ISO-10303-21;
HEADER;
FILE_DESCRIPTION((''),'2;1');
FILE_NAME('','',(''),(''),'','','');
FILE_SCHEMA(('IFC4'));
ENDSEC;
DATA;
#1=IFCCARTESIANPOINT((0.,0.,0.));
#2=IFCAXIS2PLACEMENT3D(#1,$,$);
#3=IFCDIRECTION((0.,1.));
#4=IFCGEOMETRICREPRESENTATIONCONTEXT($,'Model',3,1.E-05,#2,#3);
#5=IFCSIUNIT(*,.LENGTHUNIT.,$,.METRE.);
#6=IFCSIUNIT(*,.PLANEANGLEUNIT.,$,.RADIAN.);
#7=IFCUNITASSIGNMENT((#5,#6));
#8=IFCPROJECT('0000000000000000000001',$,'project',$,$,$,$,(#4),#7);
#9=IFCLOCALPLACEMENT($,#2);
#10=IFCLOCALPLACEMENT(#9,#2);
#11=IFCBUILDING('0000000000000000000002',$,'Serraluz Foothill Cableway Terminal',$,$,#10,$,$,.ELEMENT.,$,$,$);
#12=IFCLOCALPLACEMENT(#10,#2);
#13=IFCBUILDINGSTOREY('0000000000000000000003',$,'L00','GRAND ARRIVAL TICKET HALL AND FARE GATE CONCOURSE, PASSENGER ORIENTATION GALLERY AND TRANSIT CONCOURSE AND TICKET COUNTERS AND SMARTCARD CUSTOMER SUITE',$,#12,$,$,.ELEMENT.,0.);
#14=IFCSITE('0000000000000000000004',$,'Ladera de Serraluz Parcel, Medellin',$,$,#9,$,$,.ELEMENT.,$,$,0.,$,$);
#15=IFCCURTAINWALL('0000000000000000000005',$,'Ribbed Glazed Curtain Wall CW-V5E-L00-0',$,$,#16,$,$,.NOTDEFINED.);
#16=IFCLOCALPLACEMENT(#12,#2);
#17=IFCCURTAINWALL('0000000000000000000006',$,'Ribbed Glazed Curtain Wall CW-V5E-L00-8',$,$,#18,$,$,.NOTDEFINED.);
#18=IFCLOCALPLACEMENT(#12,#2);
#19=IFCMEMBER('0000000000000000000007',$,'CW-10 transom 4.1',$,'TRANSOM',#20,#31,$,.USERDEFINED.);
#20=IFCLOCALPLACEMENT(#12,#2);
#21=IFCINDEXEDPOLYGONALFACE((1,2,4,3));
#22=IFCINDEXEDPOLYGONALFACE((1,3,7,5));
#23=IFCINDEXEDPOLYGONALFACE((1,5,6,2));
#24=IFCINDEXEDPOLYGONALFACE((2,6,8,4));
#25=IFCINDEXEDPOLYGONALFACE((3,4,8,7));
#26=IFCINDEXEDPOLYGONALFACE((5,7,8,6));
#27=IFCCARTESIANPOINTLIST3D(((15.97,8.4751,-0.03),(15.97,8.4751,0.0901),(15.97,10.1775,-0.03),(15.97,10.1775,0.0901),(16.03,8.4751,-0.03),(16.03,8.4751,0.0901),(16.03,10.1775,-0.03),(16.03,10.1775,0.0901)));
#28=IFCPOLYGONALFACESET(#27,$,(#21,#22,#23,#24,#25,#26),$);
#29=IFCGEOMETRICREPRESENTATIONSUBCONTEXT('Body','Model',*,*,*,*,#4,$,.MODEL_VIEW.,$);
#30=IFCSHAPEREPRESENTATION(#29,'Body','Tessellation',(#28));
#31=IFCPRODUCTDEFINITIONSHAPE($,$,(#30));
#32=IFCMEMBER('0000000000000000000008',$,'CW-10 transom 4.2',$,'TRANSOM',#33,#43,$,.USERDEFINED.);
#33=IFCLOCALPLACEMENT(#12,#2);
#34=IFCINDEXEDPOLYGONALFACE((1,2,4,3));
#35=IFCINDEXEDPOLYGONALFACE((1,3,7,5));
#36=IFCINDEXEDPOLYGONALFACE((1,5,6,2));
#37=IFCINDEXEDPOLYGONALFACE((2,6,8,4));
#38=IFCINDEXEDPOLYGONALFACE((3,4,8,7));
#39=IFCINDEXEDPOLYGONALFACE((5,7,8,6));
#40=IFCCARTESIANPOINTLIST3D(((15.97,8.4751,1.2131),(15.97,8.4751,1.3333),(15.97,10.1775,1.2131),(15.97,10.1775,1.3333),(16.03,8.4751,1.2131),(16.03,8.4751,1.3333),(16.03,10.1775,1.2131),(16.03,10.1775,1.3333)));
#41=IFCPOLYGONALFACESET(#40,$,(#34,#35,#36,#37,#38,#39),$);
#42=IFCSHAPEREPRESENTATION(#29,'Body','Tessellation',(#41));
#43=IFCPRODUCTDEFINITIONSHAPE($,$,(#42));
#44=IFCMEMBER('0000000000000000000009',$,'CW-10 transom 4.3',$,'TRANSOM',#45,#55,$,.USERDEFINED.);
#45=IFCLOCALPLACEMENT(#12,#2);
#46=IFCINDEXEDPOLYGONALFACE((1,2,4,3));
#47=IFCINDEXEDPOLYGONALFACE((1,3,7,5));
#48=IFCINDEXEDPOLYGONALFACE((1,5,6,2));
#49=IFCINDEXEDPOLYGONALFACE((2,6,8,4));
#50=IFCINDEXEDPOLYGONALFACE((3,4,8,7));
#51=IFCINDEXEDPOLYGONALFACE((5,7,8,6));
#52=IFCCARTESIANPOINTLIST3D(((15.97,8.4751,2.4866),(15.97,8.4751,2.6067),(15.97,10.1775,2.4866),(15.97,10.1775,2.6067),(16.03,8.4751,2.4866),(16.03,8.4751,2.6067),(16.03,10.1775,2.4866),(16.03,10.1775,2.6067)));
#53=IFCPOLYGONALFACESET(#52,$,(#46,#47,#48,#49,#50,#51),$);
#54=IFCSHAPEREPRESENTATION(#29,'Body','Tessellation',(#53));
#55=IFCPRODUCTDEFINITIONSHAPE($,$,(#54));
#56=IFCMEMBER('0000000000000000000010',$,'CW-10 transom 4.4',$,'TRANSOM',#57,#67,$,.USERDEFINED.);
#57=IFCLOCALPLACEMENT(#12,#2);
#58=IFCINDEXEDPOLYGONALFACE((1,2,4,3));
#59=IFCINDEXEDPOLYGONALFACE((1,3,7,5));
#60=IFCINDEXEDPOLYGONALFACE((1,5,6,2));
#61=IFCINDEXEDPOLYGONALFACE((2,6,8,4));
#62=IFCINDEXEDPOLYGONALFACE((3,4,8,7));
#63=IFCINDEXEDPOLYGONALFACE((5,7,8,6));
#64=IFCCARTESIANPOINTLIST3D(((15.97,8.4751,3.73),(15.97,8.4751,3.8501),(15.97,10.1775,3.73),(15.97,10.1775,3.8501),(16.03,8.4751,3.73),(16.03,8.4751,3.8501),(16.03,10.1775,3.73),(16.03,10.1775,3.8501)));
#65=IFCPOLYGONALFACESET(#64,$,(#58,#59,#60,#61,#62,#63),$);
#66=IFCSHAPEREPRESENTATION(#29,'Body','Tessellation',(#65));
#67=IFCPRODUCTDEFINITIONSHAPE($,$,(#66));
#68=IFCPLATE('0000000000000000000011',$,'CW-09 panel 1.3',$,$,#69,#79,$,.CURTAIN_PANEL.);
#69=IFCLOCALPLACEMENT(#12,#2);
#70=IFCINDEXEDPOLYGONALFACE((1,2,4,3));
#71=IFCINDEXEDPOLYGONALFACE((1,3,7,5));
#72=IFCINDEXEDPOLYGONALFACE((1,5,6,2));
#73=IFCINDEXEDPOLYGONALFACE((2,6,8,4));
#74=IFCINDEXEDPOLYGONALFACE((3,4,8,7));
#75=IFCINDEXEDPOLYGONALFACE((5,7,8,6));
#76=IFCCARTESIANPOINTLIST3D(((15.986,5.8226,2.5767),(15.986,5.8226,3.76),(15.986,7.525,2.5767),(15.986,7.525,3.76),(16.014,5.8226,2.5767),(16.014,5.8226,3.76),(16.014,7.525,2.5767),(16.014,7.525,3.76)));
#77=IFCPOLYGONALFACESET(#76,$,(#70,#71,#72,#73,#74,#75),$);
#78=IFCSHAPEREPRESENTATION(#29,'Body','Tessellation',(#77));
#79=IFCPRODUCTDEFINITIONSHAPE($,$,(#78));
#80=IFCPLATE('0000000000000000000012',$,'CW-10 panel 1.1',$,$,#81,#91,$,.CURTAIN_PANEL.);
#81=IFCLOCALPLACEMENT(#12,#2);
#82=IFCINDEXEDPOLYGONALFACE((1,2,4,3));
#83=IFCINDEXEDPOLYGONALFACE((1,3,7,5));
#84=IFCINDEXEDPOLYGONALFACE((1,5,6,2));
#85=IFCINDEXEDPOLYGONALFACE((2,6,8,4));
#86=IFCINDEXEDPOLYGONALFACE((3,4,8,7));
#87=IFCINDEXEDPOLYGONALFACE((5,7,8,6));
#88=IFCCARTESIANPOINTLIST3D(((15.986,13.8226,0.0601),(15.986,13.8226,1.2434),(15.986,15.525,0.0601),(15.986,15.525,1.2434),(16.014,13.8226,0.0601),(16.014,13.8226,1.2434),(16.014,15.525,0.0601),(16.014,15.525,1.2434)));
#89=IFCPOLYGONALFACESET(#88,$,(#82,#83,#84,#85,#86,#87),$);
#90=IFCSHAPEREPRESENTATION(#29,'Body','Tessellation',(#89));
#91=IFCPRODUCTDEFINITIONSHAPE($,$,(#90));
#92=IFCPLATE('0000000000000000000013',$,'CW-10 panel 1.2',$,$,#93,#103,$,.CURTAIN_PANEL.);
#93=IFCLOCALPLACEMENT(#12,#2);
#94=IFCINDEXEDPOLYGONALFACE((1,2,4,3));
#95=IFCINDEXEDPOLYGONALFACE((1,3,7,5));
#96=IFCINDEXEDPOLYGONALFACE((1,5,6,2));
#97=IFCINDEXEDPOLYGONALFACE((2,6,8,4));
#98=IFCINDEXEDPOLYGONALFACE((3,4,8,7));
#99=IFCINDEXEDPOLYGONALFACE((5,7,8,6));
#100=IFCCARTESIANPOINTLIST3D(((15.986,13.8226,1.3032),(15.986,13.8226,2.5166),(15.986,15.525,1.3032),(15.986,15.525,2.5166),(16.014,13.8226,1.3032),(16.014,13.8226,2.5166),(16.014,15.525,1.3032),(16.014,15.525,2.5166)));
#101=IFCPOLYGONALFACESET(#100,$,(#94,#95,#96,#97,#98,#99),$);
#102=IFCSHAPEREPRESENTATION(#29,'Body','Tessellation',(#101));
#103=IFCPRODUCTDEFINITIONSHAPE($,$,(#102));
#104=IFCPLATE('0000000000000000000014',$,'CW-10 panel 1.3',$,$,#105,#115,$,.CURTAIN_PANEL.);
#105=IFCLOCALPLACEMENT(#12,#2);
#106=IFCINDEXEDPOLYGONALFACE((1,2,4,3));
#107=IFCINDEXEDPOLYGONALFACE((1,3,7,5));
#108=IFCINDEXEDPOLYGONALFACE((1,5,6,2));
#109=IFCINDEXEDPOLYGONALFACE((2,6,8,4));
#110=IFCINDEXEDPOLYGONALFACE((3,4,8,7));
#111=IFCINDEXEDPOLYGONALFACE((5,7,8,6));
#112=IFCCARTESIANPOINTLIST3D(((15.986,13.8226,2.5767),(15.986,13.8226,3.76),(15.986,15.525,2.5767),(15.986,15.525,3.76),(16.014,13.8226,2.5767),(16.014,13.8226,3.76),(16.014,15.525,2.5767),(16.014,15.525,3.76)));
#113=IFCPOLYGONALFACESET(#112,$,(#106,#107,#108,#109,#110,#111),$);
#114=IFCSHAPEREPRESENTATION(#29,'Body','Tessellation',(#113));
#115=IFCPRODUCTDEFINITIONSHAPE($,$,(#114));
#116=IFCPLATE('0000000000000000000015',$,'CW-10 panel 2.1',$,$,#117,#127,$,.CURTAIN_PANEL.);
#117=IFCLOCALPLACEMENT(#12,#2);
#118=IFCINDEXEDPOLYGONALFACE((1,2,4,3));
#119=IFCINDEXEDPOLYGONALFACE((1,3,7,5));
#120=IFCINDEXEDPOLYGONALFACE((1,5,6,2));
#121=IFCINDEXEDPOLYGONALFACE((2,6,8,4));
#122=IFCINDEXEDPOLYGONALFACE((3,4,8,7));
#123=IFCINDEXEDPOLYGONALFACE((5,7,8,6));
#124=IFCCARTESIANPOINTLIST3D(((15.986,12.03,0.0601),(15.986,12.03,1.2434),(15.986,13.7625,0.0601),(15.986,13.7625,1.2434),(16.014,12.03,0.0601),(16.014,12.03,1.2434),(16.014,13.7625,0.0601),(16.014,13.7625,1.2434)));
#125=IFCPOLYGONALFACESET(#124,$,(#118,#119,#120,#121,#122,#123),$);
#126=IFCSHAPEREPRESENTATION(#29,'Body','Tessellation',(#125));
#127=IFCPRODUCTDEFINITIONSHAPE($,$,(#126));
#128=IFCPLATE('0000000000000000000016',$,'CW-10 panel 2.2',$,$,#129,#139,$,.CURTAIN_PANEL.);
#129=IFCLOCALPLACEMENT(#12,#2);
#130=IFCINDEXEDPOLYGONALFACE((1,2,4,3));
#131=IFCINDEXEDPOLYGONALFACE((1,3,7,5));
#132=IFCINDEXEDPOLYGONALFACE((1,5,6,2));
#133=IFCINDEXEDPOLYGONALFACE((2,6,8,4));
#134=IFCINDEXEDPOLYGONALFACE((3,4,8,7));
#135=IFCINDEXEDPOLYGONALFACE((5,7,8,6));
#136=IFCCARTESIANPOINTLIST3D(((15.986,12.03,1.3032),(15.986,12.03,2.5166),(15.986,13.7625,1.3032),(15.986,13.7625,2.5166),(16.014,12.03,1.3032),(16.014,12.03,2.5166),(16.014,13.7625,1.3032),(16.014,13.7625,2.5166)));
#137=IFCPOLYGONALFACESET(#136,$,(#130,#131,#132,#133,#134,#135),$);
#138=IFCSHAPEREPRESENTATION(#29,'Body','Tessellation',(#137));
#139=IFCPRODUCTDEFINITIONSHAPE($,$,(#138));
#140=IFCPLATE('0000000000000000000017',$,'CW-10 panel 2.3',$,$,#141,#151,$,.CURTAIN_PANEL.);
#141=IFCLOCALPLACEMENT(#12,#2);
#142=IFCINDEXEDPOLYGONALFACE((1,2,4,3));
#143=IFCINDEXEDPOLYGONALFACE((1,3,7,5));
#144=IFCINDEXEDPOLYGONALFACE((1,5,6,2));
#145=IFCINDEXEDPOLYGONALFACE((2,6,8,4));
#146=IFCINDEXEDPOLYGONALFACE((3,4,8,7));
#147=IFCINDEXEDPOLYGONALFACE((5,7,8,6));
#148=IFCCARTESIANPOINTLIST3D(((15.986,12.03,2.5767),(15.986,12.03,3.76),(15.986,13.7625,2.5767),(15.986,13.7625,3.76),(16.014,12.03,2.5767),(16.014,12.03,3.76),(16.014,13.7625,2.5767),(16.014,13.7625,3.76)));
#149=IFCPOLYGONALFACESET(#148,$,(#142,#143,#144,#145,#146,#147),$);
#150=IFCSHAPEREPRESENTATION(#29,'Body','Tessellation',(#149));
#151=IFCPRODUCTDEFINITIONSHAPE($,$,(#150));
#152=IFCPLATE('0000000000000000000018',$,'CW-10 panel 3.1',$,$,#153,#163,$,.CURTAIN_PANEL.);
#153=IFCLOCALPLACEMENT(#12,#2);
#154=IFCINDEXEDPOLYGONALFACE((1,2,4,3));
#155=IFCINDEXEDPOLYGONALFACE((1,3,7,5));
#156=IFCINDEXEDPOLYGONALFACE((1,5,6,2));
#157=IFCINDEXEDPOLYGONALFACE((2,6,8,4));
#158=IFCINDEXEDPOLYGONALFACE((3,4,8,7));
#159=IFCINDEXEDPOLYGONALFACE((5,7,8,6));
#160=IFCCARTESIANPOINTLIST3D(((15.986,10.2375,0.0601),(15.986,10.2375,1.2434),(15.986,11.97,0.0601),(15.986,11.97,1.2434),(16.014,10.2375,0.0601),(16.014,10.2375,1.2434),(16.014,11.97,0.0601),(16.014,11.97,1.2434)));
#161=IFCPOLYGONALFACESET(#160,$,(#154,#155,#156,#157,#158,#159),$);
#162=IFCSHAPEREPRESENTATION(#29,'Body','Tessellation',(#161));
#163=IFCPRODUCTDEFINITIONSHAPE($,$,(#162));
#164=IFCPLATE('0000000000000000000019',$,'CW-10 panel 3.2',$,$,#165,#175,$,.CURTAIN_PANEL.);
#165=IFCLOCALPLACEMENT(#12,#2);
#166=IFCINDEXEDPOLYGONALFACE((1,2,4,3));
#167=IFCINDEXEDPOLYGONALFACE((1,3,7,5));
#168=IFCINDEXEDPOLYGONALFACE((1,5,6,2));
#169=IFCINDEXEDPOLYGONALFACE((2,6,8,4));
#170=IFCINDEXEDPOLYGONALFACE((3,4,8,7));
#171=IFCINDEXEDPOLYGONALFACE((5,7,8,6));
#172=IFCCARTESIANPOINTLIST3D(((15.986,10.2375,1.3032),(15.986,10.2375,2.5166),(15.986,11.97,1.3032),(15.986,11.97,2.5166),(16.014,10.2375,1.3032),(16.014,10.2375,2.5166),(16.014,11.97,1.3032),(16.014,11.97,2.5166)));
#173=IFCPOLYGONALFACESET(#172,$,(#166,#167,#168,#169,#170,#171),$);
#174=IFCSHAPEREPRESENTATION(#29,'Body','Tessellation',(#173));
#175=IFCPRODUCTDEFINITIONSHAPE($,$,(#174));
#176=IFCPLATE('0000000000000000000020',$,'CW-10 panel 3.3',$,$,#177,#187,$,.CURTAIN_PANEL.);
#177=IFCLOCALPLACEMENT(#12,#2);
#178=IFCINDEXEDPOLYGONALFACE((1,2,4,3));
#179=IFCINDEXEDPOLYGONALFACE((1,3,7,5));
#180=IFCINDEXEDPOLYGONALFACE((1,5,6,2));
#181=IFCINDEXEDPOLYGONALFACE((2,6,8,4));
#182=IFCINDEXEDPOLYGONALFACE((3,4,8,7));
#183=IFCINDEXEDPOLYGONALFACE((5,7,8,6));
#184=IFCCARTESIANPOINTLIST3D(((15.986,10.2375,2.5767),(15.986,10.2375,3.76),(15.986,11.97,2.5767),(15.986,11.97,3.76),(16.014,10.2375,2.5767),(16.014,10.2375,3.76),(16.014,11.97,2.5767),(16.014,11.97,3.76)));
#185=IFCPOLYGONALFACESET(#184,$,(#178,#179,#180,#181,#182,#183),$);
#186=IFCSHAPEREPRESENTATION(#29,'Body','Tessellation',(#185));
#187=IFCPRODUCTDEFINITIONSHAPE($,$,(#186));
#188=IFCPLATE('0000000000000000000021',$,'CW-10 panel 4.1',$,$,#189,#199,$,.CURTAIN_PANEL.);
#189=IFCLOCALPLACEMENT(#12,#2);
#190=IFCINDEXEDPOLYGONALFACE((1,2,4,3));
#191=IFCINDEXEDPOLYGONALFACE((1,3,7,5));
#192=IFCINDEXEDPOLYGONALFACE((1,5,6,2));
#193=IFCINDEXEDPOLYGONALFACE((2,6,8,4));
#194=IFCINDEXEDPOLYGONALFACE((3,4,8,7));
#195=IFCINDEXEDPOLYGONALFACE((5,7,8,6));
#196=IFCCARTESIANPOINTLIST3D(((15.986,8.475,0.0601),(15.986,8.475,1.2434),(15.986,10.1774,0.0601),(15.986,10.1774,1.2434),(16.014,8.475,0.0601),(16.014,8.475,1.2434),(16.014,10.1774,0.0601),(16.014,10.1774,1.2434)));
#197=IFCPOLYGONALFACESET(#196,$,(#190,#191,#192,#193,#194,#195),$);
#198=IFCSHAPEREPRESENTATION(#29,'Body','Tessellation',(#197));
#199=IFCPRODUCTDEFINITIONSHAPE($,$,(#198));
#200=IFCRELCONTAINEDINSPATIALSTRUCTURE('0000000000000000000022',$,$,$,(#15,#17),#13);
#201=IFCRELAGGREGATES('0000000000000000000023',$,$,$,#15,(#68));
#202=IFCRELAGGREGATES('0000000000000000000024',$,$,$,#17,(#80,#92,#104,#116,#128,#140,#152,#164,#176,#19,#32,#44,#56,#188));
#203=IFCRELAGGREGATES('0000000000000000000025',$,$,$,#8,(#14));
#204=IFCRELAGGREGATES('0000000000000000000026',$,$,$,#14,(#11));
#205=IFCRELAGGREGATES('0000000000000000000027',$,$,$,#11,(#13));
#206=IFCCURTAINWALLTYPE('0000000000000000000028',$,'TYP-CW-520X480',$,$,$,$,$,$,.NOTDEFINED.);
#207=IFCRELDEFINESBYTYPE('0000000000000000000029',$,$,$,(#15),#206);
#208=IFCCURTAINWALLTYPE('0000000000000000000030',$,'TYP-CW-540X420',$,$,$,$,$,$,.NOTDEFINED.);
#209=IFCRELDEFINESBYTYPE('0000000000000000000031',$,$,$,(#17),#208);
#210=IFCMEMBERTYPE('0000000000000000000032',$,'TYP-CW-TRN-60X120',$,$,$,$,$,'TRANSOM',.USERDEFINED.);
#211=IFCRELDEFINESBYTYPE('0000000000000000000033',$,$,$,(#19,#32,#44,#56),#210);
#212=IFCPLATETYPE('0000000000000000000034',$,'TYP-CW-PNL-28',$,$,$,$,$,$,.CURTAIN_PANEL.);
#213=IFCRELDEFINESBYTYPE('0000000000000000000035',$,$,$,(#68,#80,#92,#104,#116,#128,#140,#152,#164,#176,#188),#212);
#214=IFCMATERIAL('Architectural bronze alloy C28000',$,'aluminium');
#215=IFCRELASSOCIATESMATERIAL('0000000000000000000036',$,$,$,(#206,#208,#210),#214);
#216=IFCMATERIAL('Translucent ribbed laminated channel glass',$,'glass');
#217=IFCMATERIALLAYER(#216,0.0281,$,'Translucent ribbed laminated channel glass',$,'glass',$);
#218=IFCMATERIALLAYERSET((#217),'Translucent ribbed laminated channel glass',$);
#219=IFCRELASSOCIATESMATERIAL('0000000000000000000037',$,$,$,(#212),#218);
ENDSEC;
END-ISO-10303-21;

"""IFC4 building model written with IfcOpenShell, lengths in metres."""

from ifc_helpers import new_model, si_unit, direction, frame, origin, origin_2d, place, context, subcontext, project, spatial, rectangle, extrude, material, layer, layer_set, material_profile, profile_set, type_object, element, aggregate, save


model = new_model("IFC4")

# Units and contexts
model_context = context("Model", 3, precision=1e-05, world=origin(), true_north=direction((0.0, 1.0)))
body_context = subcontext(model_context, "Body", "Model", "MODEL_VIEW")
ifc_project = project(units=[si_unit("LENGTHUNIT", "METRE"), si_unit("PLANEANGLEUNIT", "RADIAN")], contexts=[model_context])

# Site, building, storey
site_placement = place(None, origin())
site = spatial("IfcSite", under=ifc_project, at=site_placement, Name="Ladera de Serraluz Parcel, Medellin", CompositionType="ELEMENT", RefElevation=0.0)
building_placement = place(site_placement, origin())
building = spatial("IfcBuilding", under=site, at=building_placement, Name="Serraluz Foothill Cableway Terminal", CompositionType="ELEMENT")
storey_placement = place(building_placement, origin())
storey = spatial("IfcBuildingStorey", under=building, at=storey_placement, Name="L00", Description="GRAND ARRIVAL TICKET HALL AND FARE GATE CONCOURSE, PASSENGER ORIENTATION GALLERY AND TRANSIT CONCOURSE AND TICKET COUNTERS AND SMARTCARD CUSTOMER SUITE", CompositionType="ELEMENT", Elevation=0.0)

# Curtain wall
ifc_material_1 = material(Name="Architectural bronze alloy C28000", Category="aluminium")
curtain_wall_type_1 = type_object("IfcCurtainWallType", Name="TYP-CW-520X480", PredefinedType="NOTDEFINED", material=ifc_material_1)
curtain_wall_1_placement = place(storey_placement, origin())
curtain_wall_1 = element("IfcCurtainWall", 1, at=curtain_wall_1_placement, inside=storey, type_object=curtain_wall_type_1, Name="Ribbed Glazed Curtain Wall CW-V5E-L00-0", PredefinedType="NOTDEFINED")

# Curtain wall
curtain_wall_type_2 = type_object("IfcCurtainWallType", Name="TYP-CW-540X420", PredefinedType="NOTDEFINED", material=ifc_material_1)
curtain_wall_2_placement = place(storey_placement, origin())
curtain_wall_2 = element("IfcCurtainWall", 2, at=curtain_wall_2_placement, inside=storey, type_object=curtain_wall_type_2, Name="Ribbed Glazed Curtain Wall CW-V5E-L00-8", PredefinedType="NOTDEFINED")

# Members
ifc_material_profile_1 = material_profile(ifc_material_1, rectangle(XDim=0.0601, YDim=0.1201, at=origin_2d()), Name="ALU TRANSOM 60x120")
ifc_profile_set_1 = profile_set([ifc_material_profile_1], Name="Architectural bronze alloy C28000")
member_type_1 = type_object("IfcMemberType", Name="TYP-CW-TRN-60X120", ElementType="TRANSOM", PredefinedType="USERDEFINED", material=ifc_profile_set_1)
member_1_placement = place(storey_placement, frame((16.0, 10.1775, 0.03), z_axis=(0.0, -1.0, 0.0), x_axis=(1.0, 0.0, 0.0)))
member_1 = element("IfcMember", 3, at=member_1_placement, type_object=member_type_1, Name="CW-10 transom 4.1", ObjectType="TRANSOM", PredefinedType="USERDEFINED", context=body_context, shape_type="SweptSolid", body=[
    extrude(rectangle(XDim=0.0601, YDim=0.1201, at=origin_2d()), origin(), (0.0, 0.0, 1.0), 1.7024),
])
member_2_placement = place(storey_placement, frame((16.0, 10.1775, 1.2732), z_axis=(0.0, -1.0, 0.0), x_axis=(1.0, 0.0, 0.0)))
member_2 = element("IfcMember", 4, at=member_2_placement, type_object=member_type_1, Name="CW-10 transom 4.2", ObjectType="TRANSOM", PredefinedType="USERDEFINED", context=body_context, shape_type="SweptSolid", body=[
    extrude(rectangle(XDim=0.0601, YDim=0.1201, at=origin_2d()), origin(), (0.0, 0.0, 1.0), 1.7024),
])
member_3_placement = place(storey_placement, frame((16.0, 10.1775, 2.5466), z_axis=(0.0, -1.0, 0.0), x_axis=(1.0, 0.0, 0.0)))
member_3 = element("IfcMember", 5, at=member_3_placement, type_object=member_type_1, Name="CW-10 transom 4.3", ObjectType="TRANSOM", PredefinedType="USERDEFINED", context=body_context, shape_type="SweptSolid", body=[
    extrude(rectangle(XDim=0.0601, YDim=0.1201, at=origin_2d()), origin(), (0.0, 0.0, 1.0), 1.7024),
])
member_4_placement = place(storey_placement, frame((16.0, 10.1775, 3.79), z_axis=(0.0, -1.0, 0.0), x_axis=(1.0, 0.0, 0.0)))
member_4 = element("IfcMember", 6, at=member_4_placement, type_object=member_type_1, Name="CW-10 transom 4.4", ObjectType="TRANSOM", PredefinedType="USERDEFINED", context=body_context, shape_type="SweptSolid", body=[
    extrude(rectangle(XDim=0.0601, YDim=0.1201, at=origin_2d()), origin(), (0.0, 0.0, 1.0), 1.7024),
])

# Plates
ifc_material_2 = material(Name="Translucent ribbed laminated channel glass", Category="glass")
ifc_layer = layer(ifc_material_2, 0.0281, Name="Translucent ribbed laminated channel glass", Category="glass")
ifc_layer_set = layer_set([ifc_layer], Name="Translucent ribbed laminated channel glass")
plate_type = type_object("IfcPlateType", Name="TYP-CW-PNL-28", PredefinedType="CURTAIN_PANEL", material=ifc_layer_set)
plate_1_placement = place(storey_placement, frame((16.0, 6.6738, 2.5767), z_axis=(0.0, 0.0, 1.0), x_axis=(0.0, -1.0, 0.0)))
plate_1 = element("IfcPlate", 7, at=plate_1_placement, type_object=plate_type, Name="CW-09 panel 1.3", PredefinedType="CURTAIN_PANEL", context=body_context, shape_type="SweptSolid", body=[
    extrude(rectangle(XDim=1.7024, YDim=0.0281, at=origin_2d()), origin(), (0.0, 0.0, 1.0), 1.1833),
])
aggregate(curtain_wall_1, [plate_1])
plate_2_placement = place(storey_placement, frame((16.0, 14.6738, 0.0601), z_axis=(0.0, 0.0, 1.0), x_axis=(0.0, -1.0, 0.0)))
plate_2 = element("IfcPlate", 8, at=plate_2_placement, type_object=plate_type, Name="CW-10 panel 1.1", PredefinedType="CURTAIN_PANEL", context=body_context, shape_type="SweptSolid", body=[
    extrude(rectangle(XDim=1.7024, YDim=0.0281, at=origin_2d()), origin(), (0.0, 0.0, 1.0), 1.1833),
])
plate_3_placement = place(storey_placement, frame((16.0, 14.6738, 1.3032), z_axis=(0.0, 0.0, 1.0), x_axis=(0.0, -1.0, 0.0)))
plate_3 = element("IfcPlate", 9, at=plate_3_placement, type_object=plate_type, Name="CW-10 panel 1.2", PredefinedType="CURTAIN_PANEL", context=body_context, shape_type="SweptSolid", body=[
    extrude(rectangle(XDim=1.7024, YDim=0.0281, at=origin_2d()), origin(), (0.0, 0.0, 1.0), 1.2134),
])
plate_4_placement = place(storey_placement, frame((16.0, 14.6738, 2.5767), z_axis=(0.0, 0.0, 1.0), x_axis=(0.0, -1.0, 0.0)))
plate_4 = element("IfcPlate", 10, at=plate_4_placement, type_object=plate_type, Name="CW-10 panel 1.3", PredefinedType="CURTAIN_PANEL", context=body_context, shape_type="SweptSolid", body=[
    extrude(rectangle(XDim=1.7024, YDim=0.0281, at=origin_2d()), origin(), (0.0, 0.0, 1.0), 1.1833),
])
plate_5_placement = place(storey_placement, frame((16.0, 12.8962, 0.0601), z_axis=(0.0, 0.0, 1.0), x_axis=(0.0, -1.0, 0.0)))
plate_5 = element("IfcPlate", 11, at=plate_5_placement, type_object=plate_type, Name="CW-10 panel 2.1", PredefinedType="CURTAIN_PANEL", context=body_context, shape_type="SweptSolid", body=[
    extrude(rectangle(XDim=1.7324, YDim=0.0281, at=origin_2d()), origin(), (0.0, 0.0, 1.0), 1.1833),
])
plate_6_placement = place(storey_placement, frame((16.0, 12.8962, 1.3032), z_axis=(0.0, 0.0, 1.0), x_axis=(0.0, -1.0, 0.0)))
plate_6 = element("IfcPlate", 12, at=plate_6_placement, type_object=plate_type, Name="CW-10 panel 2.2", PredefinedType="CURTAIN_PANEL", context=body_context, shape_type="SweptSolid", body=[
    extrude(rectangle(XDim=1.7324, YDim=0.0281, at=origin_2d()), origin(), (0.0, 0.0, 1.0), 1.2134),
])
plate_7_placement = place(storey_placement, frame((16.0, 12.8962, 2.5767), z_axis=(0.0, 0.0, 1.0), x_axis=(0.0, -1.0, 0.0)))
plate_7 = element("IfcPlate", 13, at=plate_7_placement, type_object=plate_type, Name="CW-10 panel 2.3", PredefinedType="CURTAIN_PANEL", context=body_context, shape_type="SweptSolid", body=[
    extrude(rectangle(XDim=1.7324, YDim=0.0281, at=origin_2d()), origin(), (0.0, 0.0, 1.0), 1.1833),
])
plate_8_placement = place(storey_placement, frame((16.0, 11.1038, 0.0601), z_axis=(0.0, 0.0, 1.0), x_axis=(0.0, -1.0, 0.0)))
plate_8 = element("IfcPlate", 14, at=plate_8_placement, type_object=plate_type, Name="CW-10 panel 3.1", PredefinedType="CURTAIN_PANEL", context=body_context, shape_type="SweptSolid", body=[
    extrude(rectangle(XDim=1.7324, YDim=0.0281, at=origin_2d()), origin(), (0.0, 0.0, 1.0), 1.1833),
])
plate_9_placement = place(storey_placement, frame((16.0, 11.1038, 1.3032), z_axis=(0.0, 0.0, 1.0), x_axis=(0.0, -1.0, 0.0)))
plate_9 = element("IfcPlate", 15, at=plate_9_placement, type_object=plate_type, Name="CW-10 panel 3.2", PredefinedType="CURTAIN_PANEL", context=body_context, shape_type="SweptSolid", body=[
    extrude(rectangle(XDim=1.7324, YDim=0.0281, at=origin_2d()), origin(), (0.0, 0.0, 1.0), 1.2134),
])
plate_10_placement = place(storey_placement, frame((16.0, 11.1038, 2.5767), z_axis=(0.0, 0.0, 1.0), x_axis=(0.0, -1.0, 0.0)))
plate_10 = element("IfcPlate", 16, at=plate_10_placement, type_object=plate_type, Name="CW-10 panel 3.3", PredefinedType="CURTAIN_PANEL", context=body_context, shape_type="SweptSolid", body=[
    extrude(rectangle(XDim=1.7324, YDim=0.0281, at=origin_2d()), origin(), (0.0, 0.0, 1.0), 1.1833),
])
plate_11_placement = place(storey_placement, frame((16.0, 9.3262, 0.0601), z_axis=(0.0, 0.0, 1.0), x_axis=(0.0, -1.0, 0.0)))
plate_11 = element("IfcPlate", 17, at=plate_11_placement, type_object=plate_type, Name="CW-10 panel 4.1", PredefinedType="CURTAIN_PANEL", context=body_context, shape_type="SweptSolid", body=[
    extrude(rectangle(XDim=1.7024, YDim=0.0281, at=origin_2d()), origin(), (0.0, 0.0, 1.0), 1.1833),
])
aggregate(curtain_wall_2, [plate_2, plate_3, plate_4, plate_5, plate_6, plate_7, plate_8, plate_9, plate_10, member_1, member_2, member_3, member_4, plate_11])

save(model, "model.ifc")
